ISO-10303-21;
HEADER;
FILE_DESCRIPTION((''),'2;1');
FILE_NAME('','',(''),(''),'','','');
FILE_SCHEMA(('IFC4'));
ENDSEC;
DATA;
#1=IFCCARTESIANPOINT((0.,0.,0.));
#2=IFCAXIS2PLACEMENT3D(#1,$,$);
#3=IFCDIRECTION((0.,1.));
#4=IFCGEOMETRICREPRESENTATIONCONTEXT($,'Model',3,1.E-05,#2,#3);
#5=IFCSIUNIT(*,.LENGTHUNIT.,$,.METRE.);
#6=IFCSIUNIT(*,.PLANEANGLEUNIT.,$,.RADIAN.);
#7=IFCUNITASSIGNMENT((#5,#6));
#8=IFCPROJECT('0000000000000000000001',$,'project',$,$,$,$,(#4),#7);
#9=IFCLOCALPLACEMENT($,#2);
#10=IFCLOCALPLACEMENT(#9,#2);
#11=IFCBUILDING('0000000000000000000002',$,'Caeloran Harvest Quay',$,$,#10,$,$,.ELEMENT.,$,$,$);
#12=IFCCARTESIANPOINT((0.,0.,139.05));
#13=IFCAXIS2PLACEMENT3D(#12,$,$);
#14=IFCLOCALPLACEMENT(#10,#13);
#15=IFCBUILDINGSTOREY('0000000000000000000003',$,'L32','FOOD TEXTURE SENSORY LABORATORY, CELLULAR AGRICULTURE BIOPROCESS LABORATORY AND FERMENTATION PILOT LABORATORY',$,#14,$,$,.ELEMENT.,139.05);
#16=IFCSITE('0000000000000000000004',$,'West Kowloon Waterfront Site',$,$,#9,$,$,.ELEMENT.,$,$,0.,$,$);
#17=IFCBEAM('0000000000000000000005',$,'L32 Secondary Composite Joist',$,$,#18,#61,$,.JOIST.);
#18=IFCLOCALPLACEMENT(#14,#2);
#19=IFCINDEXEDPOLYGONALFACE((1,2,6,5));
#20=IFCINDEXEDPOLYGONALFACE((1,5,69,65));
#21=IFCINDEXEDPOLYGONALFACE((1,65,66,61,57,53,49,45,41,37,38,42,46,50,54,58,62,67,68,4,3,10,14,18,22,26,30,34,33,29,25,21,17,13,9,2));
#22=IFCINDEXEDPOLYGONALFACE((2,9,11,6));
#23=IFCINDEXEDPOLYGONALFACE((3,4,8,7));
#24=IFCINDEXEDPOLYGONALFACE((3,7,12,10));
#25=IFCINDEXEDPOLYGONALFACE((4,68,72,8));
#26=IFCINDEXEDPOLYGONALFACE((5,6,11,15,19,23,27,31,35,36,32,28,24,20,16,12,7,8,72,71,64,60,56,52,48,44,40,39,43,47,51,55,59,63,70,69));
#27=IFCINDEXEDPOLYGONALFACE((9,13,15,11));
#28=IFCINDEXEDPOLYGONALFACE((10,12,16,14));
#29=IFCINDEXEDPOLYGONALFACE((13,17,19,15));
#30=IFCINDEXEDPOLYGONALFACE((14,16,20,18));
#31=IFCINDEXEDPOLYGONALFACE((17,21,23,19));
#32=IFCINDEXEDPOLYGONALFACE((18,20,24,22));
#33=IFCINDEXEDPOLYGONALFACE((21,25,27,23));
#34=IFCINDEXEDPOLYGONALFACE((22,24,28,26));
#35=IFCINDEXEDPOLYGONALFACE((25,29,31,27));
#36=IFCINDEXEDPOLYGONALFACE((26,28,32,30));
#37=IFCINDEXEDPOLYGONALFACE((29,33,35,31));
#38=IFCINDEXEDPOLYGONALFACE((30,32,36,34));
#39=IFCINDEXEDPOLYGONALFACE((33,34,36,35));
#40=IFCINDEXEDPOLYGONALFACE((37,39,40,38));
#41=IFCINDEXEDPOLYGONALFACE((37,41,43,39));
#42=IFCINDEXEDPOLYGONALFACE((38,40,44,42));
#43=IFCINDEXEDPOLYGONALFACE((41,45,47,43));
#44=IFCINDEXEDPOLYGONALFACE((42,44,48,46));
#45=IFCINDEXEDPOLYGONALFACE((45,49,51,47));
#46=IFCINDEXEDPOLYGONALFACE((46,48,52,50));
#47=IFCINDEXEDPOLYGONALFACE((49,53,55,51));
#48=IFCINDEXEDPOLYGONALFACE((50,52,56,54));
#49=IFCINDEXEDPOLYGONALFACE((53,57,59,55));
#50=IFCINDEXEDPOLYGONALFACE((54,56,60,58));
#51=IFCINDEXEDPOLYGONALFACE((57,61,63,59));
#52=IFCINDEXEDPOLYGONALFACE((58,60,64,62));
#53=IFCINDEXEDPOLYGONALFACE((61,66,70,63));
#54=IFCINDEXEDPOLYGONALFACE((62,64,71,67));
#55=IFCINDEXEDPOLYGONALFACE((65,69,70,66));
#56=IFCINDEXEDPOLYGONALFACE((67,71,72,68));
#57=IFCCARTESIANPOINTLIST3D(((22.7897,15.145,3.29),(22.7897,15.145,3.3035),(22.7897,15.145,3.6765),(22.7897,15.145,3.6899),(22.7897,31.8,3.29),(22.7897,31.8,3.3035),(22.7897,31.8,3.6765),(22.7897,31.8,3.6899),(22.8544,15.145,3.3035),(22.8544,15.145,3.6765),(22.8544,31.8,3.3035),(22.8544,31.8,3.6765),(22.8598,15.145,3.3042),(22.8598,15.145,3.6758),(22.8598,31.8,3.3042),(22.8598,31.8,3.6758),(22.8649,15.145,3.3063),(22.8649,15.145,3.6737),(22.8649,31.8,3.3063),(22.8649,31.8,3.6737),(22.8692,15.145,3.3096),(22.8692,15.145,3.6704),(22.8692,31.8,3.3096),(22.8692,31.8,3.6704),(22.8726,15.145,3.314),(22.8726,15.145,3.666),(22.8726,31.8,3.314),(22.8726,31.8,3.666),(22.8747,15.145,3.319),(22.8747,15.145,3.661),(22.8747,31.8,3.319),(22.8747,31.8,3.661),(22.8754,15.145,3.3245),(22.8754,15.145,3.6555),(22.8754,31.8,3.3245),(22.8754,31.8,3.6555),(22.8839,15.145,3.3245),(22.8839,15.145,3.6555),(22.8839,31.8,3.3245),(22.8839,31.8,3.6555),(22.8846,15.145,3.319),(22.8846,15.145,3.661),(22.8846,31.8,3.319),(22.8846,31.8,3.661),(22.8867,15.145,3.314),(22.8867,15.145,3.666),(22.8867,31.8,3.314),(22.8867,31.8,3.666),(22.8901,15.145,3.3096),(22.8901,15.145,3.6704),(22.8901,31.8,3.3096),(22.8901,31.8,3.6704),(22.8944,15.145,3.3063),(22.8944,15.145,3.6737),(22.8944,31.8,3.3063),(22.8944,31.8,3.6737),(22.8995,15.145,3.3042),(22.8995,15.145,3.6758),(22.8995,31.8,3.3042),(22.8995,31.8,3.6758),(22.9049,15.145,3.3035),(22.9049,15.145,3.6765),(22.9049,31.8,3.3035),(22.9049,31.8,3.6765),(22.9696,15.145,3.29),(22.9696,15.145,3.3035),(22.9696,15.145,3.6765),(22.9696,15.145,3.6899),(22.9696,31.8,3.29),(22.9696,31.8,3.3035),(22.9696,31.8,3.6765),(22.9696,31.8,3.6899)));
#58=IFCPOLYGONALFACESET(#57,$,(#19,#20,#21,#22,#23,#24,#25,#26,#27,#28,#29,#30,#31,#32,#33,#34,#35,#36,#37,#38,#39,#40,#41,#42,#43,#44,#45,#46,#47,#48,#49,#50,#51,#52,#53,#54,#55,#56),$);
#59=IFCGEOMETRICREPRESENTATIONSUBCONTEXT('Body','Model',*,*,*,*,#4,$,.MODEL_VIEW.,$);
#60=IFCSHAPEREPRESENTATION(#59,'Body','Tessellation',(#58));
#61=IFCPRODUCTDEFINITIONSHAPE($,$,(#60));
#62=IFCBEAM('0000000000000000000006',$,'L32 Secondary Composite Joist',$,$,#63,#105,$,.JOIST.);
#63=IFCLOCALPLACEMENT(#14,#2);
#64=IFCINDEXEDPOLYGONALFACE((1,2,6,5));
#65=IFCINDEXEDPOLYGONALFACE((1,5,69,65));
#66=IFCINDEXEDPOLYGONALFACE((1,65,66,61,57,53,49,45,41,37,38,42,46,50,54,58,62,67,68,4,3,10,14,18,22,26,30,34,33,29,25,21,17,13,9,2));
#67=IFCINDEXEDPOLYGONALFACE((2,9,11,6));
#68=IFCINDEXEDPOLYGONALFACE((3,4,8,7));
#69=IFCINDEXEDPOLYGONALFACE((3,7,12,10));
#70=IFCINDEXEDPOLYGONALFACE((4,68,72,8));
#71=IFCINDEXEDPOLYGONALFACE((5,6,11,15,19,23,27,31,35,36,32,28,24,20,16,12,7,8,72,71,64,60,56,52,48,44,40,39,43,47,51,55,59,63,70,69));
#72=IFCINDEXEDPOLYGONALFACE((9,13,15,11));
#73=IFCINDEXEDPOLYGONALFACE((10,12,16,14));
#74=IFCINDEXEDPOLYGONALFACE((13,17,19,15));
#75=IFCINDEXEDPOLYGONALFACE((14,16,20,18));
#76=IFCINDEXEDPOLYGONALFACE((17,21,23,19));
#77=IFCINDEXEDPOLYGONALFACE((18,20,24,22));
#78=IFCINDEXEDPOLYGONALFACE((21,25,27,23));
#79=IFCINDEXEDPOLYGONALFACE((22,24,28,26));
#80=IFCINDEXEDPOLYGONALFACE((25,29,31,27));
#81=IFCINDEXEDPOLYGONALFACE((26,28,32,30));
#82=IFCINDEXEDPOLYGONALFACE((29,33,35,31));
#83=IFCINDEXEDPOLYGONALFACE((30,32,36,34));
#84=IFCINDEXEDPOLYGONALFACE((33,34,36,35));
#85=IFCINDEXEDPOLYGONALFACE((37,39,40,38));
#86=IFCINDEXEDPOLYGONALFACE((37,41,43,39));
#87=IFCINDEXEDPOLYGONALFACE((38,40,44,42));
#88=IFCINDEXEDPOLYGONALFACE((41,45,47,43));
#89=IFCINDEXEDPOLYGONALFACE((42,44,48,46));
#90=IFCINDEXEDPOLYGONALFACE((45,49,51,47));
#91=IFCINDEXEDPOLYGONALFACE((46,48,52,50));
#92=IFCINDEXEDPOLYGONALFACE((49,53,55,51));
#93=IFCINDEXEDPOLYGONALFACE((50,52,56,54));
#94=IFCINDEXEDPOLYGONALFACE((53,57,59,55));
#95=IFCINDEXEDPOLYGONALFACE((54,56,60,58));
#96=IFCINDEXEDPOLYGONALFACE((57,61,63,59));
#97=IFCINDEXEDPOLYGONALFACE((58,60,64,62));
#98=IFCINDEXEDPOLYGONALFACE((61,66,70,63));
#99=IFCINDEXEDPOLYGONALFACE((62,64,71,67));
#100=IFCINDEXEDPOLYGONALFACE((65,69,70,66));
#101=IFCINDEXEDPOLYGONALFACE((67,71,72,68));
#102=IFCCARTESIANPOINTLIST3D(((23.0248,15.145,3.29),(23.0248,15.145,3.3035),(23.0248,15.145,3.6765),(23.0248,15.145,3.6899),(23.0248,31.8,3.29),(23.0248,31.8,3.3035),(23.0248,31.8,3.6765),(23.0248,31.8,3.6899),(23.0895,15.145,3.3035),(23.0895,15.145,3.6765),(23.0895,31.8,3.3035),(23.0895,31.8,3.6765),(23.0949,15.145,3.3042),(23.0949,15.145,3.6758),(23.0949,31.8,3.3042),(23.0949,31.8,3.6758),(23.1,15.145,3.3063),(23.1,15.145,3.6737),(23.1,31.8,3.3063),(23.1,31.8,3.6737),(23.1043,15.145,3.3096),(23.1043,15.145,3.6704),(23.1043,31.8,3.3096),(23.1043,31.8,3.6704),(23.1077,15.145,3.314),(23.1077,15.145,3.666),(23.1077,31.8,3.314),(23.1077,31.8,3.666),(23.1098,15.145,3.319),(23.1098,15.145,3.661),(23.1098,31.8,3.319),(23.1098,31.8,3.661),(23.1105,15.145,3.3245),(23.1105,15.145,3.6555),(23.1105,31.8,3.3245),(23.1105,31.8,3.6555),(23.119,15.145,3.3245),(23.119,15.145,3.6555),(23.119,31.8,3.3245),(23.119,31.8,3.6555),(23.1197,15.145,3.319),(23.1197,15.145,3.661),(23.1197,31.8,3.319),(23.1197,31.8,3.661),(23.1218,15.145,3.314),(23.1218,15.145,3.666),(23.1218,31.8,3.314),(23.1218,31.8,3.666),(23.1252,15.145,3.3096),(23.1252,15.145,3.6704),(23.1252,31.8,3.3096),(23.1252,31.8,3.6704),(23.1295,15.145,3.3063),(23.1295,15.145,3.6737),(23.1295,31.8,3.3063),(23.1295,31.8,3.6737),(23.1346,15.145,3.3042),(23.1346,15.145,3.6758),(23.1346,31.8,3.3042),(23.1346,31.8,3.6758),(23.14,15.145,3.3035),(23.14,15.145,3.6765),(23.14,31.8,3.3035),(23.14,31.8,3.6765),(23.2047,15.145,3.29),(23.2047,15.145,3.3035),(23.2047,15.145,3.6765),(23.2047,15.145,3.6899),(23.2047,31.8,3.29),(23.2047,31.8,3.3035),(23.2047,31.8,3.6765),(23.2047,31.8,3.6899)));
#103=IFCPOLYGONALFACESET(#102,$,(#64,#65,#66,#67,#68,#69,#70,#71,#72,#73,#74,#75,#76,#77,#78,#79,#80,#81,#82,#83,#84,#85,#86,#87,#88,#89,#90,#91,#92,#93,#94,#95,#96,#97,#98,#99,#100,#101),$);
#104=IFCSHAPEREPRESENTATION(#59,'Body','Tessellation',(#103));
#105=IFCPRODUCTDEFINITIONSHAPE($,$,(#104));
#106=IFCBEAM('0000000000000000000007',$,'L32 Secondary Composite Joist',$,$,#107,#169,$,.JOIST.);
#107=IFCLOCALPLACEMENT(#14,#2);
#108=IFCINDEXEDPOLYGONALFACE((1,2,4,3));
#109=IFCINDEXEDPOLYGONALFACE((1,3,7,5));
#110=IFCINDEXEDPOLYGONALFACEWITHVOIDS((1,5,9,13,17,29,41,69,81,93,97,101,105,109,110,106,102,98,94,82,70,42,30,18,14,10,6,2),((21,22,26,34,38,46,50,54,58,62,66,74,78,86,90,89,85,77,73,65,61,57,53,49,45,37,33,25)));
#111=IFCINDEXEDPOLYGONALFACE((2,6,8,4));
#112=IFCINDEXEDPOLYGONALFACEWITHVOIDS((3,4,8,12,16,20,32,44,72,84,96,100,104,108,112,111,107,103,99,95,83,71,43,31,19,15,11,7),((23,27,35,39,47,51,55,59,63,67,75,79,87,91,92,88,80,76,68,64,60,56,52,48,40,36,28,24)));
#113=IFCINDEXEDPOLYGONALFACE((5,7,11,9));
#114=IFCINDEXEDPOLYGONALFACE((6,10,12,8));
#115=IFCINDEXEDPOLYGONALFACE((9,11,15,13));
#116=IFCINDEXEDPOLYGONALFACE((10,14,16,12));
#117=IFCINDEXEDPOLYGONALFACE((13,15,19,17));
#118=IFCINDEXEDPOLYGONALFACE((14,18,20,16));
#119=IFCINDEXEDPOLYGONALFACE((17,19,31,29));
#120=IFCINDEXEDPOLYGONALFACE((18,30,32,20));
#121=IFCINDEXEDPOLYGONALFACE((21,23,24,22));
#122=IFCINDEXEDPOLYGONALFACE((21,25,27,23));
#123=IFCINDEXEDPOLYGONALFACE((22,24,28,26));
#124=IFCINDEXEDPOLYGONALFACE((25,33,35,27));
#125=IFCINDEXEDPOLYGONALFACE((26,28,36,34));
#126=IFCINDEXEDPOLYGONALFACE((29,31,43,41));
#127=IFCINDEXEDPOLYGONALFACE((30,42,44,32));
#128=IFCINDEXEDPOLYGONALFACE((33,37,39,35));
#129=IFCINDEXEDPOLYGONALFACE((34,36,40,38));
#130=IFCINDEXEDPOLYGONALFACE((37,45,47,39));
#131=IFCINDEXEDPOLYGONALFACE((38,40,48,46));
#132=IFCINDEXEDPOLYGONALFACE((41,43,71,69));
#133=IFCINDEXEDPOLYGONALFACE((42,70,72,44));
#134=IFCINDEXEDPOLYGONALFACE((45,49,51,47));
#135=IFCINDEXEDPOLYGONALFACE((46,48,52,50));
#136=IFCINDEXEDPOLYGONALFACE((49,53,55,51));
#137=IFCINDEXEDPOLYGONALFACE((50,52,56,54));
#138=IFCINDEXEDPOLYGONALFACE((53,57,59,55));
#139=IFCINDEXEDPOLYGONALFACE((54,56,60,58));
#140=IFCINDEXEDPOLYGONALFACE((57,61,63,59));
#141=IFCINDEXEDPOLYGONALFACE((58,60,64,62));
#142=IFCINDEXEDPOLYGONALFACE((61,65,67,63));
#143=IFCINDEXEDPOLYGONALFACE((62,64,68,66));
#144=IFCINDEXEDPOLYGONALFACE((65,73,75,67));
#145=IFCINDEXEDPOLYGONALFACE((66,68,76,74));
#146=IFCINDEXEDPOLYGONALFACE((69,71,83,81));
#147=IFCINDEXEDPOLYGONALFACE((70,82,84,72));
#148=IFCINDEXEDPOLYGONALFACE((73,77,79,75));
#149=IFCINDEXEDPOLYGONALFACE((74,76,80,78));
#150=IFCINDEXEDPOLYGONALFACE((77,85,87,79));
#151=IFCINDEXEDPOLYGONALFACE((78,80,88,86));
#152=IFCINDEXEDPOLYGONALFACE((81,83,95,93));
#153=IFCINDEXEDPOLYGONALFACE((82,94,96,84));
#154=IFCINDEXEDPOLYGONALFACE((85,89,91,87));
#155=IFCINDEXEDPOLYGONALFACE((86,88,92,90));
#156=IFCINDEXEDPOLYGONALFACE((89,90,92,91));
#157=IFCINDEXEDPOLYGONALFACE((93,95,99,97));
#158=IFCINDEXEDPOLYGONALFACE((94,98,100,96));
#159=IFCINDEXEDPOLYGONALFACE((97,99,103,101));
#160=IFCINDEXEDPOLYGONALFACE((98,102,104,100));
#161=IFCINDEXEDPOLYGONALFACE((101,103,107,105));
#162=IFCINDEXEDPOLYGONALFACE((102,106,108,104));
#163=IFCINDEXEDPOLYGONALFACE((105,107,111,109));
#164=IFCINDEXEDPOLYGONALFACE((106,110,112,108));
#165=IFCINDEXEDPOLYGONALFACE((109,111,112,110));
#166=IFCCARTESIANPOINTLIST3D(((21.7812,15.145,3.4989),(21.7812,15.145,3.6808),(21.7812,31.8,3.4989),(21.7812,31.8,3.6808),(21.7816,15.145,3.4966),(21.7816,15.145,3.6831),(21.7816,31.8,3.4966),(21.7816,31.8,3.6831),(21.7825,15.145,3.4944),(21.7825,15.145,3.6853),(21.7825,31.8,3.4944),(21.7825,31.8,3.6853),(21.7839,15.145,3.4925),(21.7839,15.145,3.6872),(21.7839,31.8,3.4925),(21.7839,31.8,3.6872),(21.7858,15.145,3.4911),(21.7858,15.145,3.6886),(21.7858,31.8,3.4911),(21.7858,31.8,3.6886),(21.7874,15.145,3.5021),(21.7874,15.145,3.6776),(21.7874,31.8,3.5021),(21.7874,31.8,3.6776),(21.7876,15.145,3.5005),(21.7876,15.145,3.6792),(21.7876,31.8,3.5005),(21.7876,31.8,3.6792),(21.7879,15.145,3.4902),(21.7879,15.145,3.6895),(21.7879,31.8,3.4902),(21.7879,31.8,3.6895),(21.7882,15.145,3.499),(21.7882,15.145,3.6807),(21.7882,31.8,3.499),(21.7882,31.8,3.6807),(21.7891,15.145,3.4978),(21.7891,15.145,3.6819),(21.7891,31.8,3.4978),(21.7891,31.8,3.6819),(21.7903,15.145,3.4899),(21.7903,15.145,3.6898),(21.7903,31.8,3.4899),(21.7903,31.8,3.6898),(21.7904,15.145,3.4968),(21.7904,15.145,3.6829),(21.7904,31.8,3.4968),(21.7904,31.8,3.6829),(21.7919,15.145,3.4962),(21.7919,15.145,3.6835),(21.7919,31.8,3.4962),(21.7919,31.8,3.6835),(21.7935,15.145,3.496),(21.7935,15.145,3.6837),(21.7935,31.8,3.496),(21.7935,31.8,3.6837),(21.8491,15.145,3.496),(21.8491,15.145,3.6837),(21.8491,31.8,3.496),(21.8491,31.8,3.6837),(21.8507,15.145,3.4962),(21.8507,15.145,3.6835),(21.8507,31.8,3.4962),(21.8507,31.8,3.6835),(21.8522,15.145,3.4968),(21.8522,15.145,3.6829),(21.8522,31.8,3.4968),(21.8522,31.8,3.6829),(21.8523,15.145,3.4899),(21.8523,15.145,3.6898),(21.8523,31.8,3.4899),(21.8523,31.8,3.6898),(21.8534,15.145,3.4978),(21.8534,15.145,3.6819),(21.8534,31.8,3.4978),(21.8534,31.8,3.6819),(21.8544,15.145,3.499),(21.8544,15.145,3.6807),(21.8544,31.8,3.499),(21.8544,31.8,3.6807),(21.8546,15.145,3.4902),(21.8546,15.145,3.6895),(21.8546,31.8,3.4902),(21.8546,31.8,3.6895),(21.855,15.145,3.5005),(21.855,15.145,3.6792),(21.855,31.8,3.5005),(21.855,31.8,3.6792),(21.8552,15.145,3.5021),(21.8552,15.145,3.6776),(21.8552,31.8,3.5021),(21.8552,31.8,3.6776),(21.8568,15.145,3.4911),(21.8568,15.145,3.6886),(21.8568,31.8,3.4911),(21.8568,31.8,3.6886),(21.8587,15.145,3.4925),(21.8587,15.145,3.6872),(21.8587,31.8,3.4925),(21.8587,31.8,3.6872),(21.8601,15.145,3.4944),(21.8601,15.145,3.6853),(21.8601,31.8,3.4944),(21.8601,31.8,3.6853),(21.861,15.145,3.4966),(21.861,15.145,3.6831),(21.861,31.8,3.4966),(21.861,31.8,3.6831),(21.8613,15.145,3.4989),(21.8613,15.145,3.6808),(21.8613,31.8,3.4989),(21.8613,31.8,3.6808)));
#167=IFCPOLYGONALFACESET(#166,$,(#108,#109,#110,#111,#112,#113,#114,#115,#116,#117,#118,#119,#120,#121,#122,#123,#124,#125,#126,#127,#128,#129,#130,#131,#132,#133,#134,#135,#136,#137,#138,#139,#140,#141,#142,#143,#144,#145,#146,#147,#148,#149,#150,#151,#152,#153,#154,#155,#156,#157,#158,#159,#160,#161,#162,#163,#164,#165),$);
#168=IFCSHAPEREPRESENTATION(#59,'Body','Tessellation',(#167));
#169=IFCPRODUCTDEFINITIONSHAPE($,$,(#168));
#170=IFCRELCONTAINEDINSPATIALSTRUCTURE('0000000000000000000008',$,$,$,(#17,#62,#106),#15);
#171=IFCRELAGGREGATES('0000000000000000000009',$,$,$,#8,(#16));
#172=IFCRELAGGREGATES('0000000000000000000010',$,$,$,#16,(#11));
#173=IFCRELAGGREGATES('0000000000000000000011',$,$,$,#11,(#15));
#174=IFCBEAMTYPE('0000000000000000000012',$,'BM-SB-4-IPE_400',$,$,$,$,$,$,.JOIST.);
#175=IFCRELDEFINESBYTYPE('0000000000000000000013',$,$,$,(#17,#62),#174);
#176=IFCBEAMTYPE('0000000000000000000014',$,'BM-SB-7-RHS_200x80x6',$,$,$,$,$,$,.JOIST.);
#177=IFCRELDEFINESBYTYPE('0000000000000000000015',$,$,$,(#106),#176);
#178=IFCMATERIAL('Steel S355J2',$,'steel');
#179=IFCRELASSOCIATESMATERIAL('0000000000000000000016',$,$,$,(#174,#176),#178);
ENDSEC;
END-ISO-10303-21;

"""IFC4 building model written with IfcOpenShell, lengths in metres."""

from ifc_helpers import new_model, si_unit, direction, frame, origin, origin_2d, place, context, subcontext, project, spatial, hollow_rectangle, i_section, extrude, material, material_profile, profile_set, type_object, element, save


model = new_model("IFC4")

# Units and contexts
model_context = context("Model", 3, precision=1e-05, world=origin(), true_north=direction((0.0, 1.0)))
body_context = subcontext(model_context, "Body", "Model", "MODEL_VIEW")
ifc_project = project(units=[si_unit("LENGTHUNIT", "METRE"), si_unit("PLANEANGLEUNIT", "RADIAN")], contexts=[model_context])

# Site, building, storey
site_placement = place(None, origin())
site = spatial("IfcSite", under=ifc_project, at=site_placement, Name="West Kowloon Waterfront Site", CompositionType="ELEMENT", RefElevation=0.0)
building_placement = place(site_placement, origin())
building = spatial("IfcBuilding", under=site, at=building_placement, Name="Caeloran Harvest Quay", CompositionType="ELEMENT")
storey_placement = place(building_placement, frame((0.0, 0.0, 139.05)))
storey = spatial("IfcBuildingStorey", under=building, at=storey_placement, Name="L32", Description="FOOD TEXTURE SENSORY LABORATORY, CELLULAR AGRICULTURE BIOPROCESS LABORATORY AND FERMENTATION PILOT LABORATORY", CompositionType="ELEMENT", Elevation=139.05)

# Beams
ifc_material_1 = material(Name="Steel S355J2", Category="steel")
ifc_material_profile_1 = material_profile(ifc_material_1, i_section(OverallWidth=0.1799, OverallDepth=0.3999, WebThickness=0.0085, FlangeThickness=0.0134, FilletRadius=0.021, at=origin_2d()), Name="IPE 400")
ifc_profile_set_1 = profile_set([ifc_material_profile_1], Name="Steel S355J2")
beam_type_1 = type_object("IfcBeamType", Name="BM-SB-4-IPE_400", PredefinedType="JOIST", material=ifc_profile_set_1)
for number, where, z_axis, x_axis, name in (
    (1, (22.8796, 15.145, 3.49), (0.0, 1.0, 0.0), (-1.0, 0.0, 0.0), "L32 Secondary Composite Joist"),
    (2, (23.1147, 15.145, 3.49), (0.0, 1.0, 0.0), (-1.0, 0.0, 0.0), "L32 Secondary Composite Joist"),
):
    element("IfcBeam", number, at=place(storey_placement, frame(where, z_axis=z_axis, x_axis=x_axis)), inside=storey, type_object=beam_type_1, Name=name, PredefinedType="JOIST", context=body_context, shape_type="SweptSolid", body=[
        extrude(i_section(OverallWidth=0.1799, OverallDepth=0.3999, WebThickness=0.0085, FlangeThickness=0.0134, FilletRadius=0.021, at=origin_2d()), origin(), (0.0, 0.0, 1.0), 16.655),
    ])
ifc_material_profile_2 = material_profile(ifc_material_1, hollow_rectangle(XDim=0.0801, YDim=0.2, WallThickness=0.0061, InnerFilletRadius=0.0061, OuterFilletRadius=0.009, at=origin_2d()), Name="RHS 200x80x6")
ifc_profile_set_2 = profile_set([ifc_material_profile_2], Name="Steel S355J2")
beam_type_2 = type_object("IfcBeamType", Name="BM-SB-7-RHS_200x80x6", PredefinedType="JOIST", material=ifc_profile_set_2)
for number, where, z_axis, x_axis, name in (
    (3, (21.8213, 15.145, 3.5898), (0.0, 1.0, 0.0), (-1.0, 0.0, 0.0), "L32 Secondary Composite Joist"),
):
    element("IfcBeam", number, at=place(storey_placement, frame(where, z_axis=z_axis, x_axis=x_axis)), inside=storey, type_object=beam_type_2, Name=name, PredefinedType="JOIST", context=body_context, shape_type="SweptSolid", body=[
        extrude(hollow_rectangle(XDim=0.0801, YDim=0.2, WallThickness=0.0061, InnerFilletRadius=0.0061, OuterFilletRadius=0.009, at=origin_2d()), origin(), (0.0, 0.0, 1.0), 16.655),
    ])

save(model, "model.ifc")
